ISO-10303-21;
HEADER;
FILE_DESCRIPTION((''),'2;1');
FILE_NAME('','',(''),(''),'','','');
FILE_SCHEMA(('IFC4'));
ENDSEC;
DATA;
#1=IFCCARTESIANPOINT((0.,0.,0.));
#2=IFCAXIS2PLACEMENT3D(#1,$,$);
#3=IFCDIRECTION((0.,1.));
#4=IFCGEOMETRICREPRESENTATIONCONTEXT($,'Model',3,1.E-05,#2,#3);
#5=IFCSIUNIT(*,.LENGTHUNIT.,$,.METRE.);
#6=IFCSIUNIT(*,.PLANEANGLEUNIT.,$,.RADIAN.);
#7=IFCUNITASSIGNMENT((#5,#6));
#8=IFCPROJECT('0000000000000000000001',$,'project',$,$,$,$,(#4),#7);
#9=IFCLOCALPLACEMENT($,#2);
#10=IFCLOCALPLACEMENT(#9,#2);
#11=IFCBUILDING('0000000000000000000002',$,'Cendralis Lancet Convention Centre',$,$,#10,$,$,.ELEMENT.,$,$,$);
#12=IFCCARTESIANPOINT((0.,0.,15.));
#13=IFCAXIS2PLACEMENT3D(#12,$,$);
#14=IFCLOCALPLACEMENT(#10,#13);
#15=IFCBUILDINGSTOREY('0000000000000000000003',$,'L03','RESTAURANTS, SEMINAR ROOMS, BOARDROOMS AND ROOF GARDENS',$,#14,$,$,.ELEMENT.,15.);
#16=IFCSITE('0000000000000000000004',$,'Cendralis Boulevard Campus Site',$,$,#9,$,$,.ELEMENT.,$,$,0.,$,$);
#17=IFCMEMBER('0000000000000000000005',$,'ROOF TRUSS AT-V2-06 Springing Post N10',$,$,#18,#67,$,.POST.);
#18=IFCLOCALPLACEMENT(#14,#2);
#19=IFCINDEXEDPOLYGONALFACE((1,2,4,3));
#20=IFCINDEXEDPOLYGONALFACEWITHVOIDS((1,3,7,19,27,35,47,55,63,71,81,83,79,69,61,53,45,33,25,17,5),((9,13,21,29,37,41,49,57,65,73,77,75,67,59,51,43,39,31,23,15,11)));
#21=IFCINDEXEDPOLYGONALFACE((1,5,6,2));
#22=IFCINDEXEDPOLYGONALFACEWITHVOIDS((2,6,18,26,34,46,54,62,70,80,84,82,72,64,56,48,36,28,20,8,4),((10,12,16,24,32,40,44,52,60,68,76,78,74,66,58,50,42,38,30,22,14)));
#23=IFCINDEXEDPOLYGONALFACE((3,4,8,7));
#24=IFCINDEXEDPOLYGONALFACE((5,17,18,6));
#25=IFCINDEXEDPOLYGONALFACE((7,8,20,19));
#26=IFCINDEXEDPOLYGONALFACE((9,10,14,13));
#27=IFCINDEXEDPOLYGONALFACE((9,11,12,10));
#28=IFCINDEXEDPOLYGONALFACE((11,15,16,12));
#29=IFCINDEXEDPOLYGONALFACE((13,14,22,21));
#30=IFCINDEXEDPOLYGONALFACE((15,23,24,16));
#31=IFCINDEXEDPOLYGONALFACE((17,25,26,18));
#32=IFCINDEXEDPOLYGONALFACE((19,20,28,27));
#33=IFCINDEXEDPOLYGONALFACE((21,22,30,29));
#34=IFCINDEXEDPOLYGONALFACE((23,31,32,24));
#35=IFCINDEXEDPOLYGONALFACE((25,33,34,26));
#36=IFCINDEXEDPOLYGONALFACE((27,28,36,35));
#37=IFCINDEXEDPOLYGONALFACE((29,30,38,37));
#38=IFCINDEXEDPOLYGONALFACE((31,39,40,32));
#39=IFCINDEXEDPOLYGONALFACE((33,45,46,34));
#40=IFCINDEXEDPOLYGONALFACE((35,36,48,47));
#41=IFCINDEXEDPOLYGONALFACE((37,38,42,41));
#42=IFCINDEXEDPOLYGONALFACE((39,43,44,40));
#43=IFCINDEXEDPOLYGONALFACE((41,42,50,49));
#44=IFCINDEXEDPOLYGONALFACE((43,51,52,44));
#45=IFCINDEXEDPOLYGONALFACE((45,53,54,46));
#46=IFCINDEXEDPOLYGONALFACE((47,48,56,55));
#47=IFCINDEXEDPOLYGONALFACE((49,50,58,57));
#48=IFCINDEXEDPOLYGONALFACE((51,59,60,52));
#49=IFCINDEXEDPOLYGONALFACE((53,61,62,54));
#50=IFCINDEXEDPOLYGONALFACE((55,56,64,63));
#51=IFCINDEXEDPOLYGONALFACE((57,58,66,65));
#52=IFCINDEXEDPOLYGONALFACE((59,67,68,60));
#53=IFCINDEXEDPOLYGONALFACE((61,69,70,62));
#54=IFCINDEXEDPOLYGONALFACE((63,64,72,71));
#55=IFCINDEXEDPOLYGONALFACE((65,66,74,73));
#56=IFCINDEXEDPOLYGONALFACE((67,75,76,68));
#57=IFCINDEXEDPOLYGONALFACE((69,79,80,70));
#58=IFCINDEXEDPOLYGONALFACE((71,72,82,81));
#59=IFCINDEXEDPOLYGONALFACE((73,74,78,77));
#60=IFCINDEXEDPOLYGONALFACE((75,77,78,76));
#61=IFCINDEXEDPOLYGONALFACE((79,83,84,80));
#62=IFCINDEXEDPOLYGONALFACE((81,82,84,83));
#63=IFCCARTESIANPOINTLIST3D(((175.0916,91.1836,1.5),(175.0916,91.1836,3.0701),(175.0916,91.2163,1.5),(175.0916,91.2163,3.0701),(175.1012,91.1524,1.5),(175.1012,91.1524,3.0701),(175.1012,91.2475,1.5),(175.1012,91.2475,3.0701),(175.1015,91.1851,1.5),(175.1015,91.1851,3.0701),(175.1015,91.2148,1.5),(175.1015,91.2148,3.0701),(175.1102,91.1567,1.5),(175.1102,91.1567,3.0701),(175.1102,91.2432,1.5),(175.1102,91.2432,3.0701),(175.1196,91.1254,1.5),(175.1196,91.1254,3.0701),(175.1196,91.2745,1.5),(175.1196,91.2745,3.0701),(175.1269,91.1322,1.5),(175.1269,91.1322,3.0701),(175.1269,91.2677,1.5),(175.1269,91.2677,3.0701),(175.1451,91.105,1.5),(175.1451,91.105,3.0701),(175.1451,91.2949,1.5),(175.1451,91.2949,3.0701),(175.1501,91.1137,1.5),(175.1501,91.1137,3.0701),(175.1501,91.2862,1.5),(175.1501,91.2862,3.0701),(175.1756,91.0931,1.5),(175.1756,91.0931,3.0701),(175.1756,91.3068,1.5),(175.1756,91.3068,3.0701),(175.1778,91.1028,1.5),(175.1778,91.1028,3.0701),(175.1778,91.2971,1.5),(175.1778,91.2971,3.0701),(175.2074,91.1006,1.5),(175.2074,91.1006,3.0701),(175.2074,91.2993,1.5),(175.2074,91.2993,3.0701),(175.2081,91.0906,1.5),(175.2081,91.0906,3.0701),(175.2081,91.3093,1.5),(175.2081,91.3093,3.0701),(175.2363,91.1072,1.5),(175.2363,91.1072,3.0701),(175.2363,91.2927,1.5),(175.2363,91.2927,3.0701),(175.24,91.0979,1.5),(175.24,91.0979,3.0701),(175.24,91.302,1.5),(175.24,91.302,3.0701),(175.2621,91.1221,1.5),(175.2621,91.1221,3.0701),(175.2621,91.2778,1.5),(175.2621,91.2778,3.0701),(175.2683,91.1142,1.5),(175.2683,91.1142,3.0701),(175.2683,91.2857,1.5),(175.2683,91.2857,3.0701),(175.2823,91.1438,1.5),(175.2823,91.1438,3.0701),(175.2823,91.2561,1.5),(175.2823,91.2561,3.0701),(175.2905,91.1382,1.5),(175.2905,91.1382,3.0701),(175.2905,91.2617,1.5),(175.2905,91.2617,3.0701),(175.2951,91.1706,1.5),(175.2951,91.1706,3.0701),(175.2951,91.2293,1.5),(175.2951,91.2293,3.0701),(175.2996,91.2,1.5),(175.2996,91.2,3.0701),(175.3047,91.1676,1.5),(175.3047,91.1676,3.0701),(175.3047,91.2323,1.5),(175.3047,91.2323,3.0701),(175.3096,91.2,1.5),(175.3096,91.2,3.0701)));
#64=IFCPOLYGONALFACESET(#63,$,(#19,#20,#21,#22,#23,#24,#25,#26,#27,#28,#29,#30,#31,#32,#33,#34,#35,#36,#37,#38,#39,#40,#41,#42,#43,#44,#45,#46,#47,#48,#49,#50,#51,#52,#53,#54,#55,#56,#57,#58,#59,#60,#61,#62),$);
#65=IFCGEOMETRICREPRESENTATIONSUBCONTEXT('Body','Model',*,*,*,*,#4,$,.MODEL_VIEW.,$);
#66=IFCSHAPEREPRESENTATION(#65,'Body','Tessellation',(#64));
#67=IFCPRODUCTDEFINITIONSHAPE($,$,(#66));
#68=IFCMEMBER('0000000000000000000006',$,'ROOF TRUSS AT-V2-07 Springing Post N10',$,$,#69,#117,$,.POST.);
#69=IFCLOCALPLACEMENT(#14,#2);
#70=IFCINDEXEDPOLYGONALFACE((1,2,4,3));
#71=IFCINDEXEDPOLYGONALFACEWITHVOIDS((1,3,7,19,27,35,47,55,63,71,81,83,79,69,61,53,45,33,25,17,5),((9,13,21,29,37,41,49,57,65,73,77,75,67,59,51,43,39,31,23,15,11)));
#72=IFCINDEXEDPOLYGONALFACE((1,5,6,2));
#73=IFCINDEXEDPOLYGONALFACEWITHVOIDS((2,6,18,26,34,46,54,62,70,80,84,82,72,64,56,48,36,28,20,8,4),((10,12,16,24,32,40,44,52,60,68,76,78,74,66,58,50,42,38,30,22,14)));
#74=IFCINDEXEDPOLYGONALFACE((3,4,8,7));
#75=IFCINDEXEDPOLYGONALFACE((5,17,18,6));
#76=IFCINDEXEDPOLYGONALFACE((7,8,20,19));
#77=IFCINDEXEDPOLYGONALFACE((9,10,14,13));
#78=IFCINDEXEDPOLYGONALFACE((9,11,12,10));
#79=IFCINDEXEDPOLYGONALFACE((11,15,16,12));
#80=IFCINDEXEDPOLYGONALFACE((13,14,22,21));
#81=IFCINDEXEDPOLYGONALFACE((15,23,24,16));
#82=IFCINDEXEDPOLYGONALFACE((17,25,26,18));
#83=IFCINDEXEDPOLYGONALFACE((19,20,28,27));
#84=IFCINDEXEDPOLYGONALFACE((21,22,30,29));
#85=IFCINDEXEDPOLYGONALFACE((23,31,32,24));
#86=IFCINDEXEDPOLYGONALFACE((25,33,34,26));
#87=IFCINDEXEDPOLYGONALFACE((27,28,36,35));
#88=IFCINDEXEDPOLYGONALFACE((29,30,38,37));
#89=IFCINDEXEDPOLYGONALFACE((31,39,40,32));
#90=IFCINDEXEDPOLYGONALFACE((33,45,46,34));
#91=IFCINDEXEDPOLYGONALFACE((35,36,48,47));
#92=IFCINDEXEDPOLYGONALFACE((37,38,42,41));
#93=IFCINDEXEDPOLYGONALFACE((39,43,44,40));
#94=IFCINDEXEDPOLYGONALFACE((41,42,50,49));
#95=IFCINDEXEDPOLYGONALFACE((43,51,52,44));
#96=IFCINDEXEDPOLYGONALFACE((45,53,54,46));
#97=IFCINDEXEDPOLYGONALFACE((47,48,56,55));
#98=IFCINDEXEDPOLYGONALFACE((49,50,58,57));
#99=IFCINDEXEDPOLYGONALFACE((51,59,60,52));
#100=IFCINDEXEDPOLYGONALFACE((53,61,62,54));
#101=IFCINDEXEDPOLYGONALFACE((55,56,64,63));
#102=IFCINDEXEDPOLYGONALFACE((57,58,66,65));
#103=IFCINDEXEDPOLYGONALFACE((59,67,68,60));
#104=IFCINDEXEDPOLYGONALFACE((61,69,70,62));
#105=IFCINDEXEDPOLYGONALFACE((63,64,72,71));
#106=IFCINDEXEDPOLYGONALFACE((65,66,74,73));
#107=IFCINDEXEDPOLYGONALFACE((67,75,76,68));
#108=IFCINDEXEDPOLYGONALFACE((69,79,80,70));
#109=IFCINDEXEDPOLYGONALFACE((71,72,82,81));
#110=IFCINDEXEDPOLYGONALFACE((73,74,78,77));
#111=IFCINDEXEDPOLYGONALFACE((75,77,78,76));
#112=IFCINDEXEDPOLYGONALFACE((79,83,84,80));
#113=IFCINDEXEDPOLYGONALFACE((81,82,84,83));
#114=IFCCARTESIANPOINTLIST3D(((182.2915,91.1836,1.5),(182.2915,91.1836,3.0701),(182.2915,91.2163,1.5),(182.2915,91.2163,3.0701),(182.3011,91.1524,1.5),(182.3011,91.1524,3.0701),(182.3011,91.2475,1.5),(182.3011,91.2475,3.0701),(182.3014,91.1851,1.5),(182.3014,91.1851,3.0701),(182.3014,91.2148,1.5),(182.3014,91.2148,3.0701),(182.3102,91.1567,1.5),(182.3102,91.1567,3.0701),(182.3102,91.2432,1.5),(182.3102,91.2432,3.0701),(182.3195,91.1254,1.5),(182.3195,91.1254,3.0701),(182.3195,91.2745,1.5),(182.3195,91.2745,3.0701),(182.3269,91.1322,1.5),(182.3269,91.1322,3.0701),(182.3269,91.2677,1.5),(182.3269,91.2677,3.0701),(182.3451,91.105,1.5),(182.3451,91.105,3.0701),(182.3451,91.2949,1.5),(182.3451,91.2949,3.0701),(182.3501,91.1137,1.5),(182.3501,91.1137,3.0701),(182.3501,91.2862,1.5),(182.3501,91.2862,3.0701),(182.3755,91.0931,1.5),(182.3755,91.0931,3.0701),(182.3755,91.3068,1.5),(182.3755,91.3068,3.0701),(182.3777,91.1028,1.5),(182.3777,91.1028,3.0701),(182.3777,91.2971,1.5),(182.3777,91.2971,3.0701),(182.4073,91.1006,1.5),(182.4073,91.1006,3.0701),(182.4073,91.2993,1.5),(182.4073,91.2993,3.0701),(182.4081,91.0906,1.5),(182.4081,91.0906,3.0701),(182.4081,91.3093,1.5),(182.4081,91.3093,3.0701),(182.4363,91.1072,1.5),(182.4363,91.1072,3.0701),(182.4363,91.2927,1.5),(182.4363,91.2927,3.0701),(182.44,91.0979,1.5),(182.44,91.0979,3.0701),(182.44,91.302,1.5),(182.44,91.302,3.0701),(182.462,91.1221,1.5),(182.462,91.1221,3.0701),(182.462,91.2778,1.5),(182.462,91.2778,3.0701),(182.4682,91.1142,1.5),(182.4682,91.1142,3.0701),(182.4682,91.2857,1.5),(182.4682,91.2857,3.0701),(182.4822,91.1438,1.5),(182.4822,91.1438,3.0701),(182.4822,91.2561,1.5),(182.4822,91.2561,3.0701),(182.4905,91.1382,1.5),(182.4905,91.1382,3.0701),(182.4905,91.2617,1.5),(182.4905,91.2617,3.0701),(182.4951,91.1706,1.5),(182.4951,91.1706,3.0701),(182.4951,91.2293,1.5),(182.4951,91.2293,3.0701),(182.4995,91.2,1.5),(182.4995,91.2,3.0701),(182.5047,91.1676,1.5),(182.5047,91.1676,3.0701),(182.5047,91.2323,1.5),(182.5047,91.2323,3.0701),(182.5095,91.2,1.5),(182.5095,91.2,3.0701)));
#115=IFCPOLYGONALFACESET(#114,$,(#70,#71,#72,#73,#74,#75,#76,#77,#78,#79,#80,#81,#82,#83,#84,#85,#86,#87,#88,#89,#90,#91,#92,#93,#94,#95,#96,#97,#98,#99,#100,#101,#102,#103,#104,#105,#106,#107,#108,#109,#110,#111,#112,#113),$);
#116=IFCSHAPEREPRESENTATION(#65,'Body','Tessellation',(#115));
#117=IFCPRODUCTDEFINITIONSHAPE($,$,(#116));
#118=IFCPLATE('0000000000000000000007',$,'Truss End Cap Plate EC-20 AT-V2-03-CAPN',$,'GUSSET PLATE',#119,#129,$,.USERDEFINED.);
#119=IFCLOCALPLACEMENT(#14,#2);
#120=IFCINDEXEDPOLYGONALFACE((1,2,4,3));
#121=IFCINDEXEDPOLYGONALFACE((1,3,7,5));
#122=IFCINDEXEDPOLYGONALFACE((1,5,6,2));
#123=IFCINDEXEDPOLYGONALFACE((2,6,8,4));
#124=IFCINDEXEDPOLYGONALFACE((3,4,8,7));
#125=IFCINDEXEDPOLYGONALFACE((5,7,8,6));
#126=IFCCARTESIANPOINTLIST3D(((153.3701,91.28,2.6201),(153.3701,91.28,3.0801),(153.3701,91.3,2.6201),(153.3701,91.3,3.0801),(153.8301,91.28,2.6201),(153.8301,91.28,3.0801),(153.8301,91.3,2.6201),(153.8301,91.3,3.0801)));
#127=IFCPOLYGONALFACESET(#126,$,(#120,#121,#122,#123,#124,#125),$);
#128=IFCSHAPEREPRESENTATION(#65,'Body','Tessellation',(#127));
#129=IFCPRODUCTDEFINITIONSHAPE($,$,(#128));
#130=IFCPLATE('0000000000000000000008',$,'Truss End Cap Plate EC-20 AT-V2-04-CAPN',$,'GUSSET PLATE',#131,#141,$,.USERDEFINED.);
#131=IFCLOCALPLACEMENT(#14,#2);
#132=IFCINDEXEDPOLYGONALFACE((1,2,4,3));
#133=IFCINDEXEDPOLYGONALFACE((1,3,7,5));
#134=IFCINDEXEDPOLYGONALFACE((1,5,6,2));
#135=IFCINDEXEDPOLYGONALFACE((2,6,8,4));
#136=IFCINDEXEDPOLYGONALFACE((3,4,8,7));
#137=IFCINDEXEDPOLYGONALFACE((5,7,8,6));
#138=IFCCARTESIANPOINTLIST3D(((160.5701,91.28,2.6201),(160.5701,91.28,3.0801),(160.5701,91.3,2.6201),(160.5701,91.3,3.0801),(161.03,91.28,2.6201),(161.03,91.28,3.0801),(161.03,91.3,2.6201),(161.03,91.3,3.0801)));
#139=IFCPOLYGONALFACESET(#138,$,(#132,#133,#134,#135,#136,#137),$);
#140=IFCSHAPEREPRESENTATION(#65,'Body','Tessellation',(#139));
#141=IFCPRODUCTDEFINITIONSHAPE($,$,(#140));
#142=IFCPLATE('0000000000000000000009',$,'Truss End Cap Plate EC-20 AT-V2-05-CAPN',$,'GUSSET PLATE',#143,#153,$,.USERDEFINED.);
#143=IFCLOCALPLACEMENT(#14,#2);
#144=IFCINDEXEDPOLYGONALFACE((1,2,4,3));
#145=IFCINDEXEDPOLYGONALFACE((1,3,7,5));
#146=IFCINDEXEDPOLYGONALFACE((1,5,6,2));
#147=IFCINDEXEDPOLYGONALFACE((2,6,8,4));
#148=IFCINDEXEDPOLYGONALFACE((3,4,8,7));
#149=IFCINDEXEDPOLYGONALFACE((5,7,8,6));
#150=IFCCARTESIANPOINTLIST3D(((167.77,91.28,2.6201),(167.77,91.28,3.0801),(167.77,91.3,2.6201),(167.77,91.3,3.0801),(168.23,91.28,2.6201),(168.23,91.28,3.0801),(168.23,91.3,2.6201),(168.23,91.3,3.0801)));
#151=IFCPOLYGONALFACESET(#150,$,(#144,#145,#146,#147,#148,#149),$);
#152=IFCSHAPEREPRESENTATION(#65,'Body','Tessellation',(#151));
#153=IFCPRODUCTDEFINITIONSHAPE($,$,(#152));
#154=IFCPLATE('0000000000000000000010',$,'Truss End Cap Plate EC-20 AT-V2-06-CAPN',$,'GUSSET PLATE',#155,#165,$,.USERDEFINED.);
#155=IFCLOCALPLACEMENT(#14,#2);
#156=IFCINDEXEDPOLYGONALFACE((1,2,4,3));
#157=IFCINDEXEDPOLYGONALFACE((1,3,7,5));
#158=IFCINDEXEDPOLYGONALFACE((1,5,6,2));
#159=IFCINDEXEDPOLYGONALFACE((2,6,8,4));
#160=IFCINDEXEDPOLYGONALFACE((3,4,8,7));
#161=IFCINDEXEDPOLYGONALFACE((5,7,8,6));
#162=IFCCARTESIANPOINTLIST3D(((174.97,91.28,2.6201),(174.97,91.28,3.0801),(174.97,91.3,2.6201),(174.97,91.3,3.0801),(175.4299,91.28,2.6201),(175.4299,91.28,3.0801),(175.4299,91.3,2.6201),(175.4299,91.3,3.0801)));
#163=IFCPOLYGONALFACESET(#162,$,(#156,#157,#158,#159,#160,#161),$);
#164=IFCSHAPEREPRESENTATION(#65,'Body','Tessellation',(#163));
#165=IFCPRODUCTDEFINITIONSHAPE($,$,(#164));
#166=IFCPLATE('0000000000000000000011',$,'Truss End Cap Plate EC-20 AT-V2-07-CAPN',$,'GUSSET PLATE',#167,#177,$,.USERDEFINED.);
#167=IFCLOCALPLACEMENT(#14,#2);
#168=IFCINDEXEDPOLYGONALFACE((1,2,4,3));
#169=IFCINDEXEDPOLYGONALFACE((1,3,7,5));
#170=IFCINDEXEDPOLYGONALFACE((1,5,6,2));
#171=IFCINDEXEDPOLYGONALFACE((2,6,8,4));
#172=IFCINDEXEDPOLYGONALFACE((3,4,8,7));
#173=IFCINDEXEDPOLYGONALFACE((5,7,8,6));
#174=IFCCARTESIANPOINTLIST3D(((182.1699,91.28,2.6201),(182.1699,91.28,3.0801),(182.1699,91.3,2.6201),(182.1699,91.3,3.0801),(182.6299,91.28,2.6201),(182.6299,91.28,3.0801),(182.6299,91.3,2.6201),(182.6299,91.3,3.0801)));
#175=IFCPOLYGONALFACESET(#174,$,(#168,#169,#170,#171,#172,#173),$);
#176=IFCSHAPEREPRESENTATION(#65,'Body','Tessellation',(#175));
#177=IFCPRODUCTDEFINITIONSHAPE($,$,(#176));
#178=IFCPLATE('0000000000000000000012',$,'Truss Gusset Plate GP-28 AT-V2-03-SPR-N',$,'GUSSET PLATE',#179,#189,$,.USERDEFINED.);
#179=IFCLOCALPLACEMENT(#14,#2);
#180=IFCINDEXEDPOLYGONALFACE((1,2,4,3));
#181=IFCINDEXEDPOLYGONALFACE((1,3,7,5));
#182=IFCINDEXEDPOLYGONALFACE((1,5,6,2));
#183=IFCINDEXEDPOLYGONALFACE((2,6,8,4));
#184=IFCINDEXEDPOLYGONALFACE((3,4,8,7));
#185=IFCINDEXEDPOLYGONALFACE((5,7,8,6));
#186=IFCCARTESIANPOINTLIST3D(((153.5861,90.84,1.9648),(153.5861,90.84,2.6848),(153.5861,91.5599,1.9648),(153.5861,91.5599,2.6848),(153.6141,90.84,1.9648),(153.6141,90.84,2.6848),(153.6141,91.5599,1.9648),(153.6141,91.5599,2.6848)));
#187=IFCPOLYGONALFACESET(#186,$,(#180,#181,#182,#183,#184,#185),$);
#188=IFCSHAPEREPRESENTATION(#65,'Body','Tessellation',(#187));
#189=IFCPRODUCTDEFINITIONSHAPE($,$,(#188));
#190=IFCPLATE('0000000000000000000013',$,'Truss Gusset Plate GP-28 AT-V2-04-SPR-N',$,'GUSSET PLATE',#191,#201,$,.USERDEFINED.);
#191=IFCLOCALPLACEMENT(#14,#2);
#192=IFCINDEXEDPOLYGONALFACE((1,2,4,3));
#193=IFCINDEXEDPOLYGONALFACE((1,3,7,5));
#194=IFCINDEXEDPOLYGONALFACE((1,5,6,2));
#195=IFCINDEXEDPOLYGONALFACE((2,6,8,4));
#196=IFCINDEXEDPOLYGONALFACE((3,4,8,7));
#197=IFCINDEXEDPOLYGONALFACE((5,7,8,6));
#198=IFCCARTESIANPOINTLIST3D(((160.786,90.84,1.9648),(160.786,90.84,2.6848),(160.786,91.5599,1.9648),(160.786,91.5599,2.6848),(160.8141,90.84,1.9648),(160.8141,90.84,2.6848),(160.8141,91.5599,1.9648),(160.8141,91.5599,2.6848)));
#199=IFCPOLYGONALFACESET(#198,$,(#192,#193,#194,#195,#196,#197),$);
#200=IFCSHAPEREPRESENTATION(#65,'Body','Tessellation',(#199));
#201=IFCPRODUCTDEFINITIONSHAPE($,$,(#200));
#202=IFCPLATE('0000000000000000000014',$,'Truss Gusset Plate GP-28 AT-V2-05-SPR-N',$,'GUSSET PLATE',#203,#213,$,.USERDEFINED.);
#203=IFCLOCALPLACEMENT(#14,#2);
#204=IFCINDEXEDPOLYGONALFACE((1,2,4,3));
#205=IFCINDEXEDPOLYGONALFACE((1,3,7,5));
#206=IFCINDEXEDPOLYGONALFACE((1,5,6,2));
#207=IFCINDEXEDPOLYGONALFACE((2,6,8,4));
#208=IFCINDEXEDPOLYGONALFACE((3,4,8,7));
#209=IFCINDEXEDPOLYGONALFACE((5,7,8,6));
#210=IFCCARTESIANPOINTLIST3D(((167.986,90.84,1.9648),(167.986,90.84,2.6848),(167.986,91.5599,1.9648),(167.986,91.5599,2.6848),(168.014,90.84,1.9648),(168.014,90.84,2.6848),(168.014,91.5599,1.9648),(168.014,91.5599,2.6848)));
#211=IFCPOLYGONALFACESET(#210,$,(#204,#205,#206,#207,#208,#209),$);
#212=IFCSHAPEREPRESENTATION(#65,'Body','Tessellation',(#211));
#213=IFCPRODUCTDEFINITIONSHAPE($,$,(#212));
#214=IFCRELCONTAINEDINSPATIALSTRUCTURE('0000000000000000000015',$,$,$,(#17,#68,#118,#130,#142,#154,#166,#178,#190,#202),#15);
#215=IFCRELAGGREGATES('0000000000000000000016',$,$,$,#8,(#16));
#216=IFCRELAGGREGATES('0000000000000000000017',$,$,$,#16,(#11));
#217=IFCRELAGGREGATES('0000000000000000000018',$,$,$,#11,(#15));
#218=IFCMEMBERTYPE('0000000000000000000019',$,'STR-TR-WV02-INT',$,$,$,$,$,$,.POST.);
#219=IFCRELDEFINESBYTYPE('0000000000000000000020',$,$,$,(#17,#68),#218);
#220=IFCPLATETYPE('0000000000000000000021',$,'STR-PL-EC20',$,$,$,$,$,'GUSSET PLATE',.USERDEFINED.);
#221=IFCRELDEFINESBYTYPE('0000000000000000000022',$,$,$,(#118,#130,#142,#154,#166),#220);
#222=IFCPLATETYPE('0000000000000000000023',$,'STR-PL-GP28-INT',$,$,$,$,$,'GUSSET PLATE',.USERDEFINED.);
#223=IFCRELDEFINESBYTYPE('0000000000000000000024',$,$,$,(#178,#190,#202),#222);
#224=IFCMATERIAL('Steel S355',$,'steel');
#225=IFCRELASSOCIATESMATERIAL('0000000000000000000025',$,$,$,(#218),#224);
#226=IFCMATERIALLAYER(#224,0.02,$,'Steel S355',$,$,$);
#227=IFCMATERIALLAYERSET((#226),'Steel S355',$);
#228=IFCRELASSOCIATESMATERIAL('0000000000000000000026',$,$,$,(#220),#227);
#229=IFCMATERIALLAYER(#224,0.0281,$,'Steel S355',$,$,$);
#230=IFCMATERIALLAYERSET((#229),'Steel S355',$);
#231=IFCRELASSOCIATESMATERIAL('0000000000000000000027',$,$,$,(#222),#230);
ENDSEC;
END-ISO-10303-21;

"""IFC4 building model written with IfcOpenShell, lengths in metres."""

from ifc_helpers import new_model, si_unit, direction, frame, origin, origin_2d, place, context, subcontext, project, spatial, rectangle, hollow_circle, extrude, material, layer, layer_set, material_profile, profile_set, type_object, element, save


model = new_model("IFC4")

# Units and contexts
model_context = context("Model", 3, precision=1e-05, world=origin(), true_north=direction((0.0, 1.0)))
body_context = subcontext(model_context, "Body", "Model", "MODEL_VIEW")
ifc_project = project(units=[si_unit("LENGTHUNIT", "METRE"), si_unit("PLANEANGLEUNIT", "RADIAN")], contexts=[model_context])

# Site, building, storey
site_placement = place(None, origin())
site = spatial("IfcSite", under=ifc_project, at=site_placement, Name="Cendralis Boulevard Campus Site", CompositionType="ELEMENT", RefElevation=0.0)
building_placement = place(site_placement, origin())
building = spatial("IfcBuilding", under=site, at=building_placement, Name="Cendralis Lancet Convention Centre", CompositionType="ELEMENT")
storey_placement = place(building_placement, frame((0.0, 0.0, 15.0)))
storey = spatial("IfcBuildingStorey", under=building, at=storey_placement, Name="L03", Description="RESTAURANTS, SEMINAR ROOMS, BOARDROOMS AND ROOF GARDENS", CompositionType="ELEMENT", Elevation=15.0)

# Shared definitions
ifc_material_1 = material(Name="Steel S355", Category="steel")

# Members
ifc_material_profile_1 = material_profile(ifc_material_1, hollow_circle(Radius=0.1096, WallThickness=0.01, at=origin_2d()), Name="CHS 219.1x10.0")
ifc_profile_set_1 = profile_set([ifc_material_profile_1], Name="Steel S355")
member_type_1 = type_object("IfcMemberType", Name="STR-TR-WV02-INT", PredefinedType="POST", material=ifc_profile_set_1)
for number, where, z_axis, x_axis, name in (
    (1, (175.2, 91.2, 1.5), (0.0, 0.0, 1.0), (1.0, 0.0, 0.0), "ROOF TRUSS AT-V2-06 Springing Post N10"),
    (2, (182.3999, 91.2, 1.5), (0.0, 0.0, 1.0), (1.0, 0.0, 0.0), "ROOF TRUSS AT-V2-07 Springing Post N10"),
):
    element("IfcMember", number, at=place(storey_placement, frame(where, z_axis=z_axis, x_axis=x_axis)), inside=storey, type_object=member_type_1, Name=name, PredefinedType="POST", context=body_context, shape_type="SweptSolid", body=[
        extrude(hollow_circle(Radius=0.1096, WallThickness=0.01, at=origin_2d()), origin(), (0.0, 0.0, 1.0), 1.5701),
    ])

# Plates
ifc_layer_1 = layer(ifc_material_1, 0.02, Name="Steel S355")
ifc_layer_set_1 = layer_set([ifc_layer_1], Name="Steel S355")
plate_type_1 = type_object("IfcPlateType", Name="STR-PL-EC20", ElementType="GUSSET PLATE", PredefinedType="USERDEFINED", material=ifc_layer_set_1)
for number, where, z_axis, x_axis, name in (
    (3, (153.6001, 91.29, 2.6201), (0.0, 0.0, 1.0), (1.0, 0.0, 0.0), "Truss End Cap Plate EC-20 AT-V2-03-CAPN"),
    (4, (160.8, 91.29, 2.6201), (0.0, 0.0, 1.0), (1.0, 0.0, 0.0), "Truss End Cap Plate EC-20 AT-V2-04-CAPN"),
    (5, (168.0, 91.29, 2.6201), (0.0, 0.0, 1.0), (1.0, 0.0, 0.0), "Truss End Cap Plate EC-20 AT-V2-05-CAPN"),
    (6, (175.2, 91.29, 2.6201), (0.0, 0.0, 1.0), (1.0, 0.0, 0.0), "Truss End Cap Plate EC-20 AT-V2-06-CAPN"),
    (7, (182.3999, 91.29, 2.6201), (0.0, 0.0, 1.0), (1.0, 0.0, 0.0), "Truss End Cap Plate EC-20 AT-V2-07-CAPN"),
):
    element("IfcPlate", number, at=place(storey_placement, frame(where, z_axis=z_axis, x_axis=x_axis)), inside=storey, type_object=plate_type_1, Name=name, ObjectType="GUSSET PLATE", PredefinedType="USERDEFINED", context=body_context, shape_type="SweptSolid", body=[
        extrude(rectangle(XDim=0.46, YDim=0.02, at=origin_2d()), origin(), (0.0, 0.0, 1.0), 0.46),
    ])
ifc_layer_2 = layer(ifc_material_1, 0.0281, Name="Steel S355")
ifc_layer_set_2 = layer_set([ifc_layer_2], Name="Steel S355")
plate_type_2 = type_object("IfcPlateType", Name="STR-PL-GP28-INT", ElementType="GUSSET PLATE", PredefinedType="USERDEFINED", material=ifc_layer_set_2)
for number, where, z_axis, x_axis, name in (
    (8, (153.6001, 91.2, 1.9648), (0.0, 0.0, 1.0), (0.0, 1.0, 0.0), "Truss Gusset Plate GP-28 AT-V2-03-SPR-N"),
    (9, (160.8, 91.2, 1.9648), (0.0, 0.0, 1.0), (0.0, 1.0, 0.0), "Truss Gusset Plate GP-28 AT-V2-04-SPR-N"),
    (10, (168.0, 91.2, 1.9648), (0.0, 0.0, 1.0), (0.0, 1.0, 0.0), "Truss Gusset Plate GP-28 AT-V2-05-SPR-N"),
):
    element("IfcPlate", number, at=place(storey_placement, frame(where, z_axis=z_axis, x_axis=x_axis)), inside=storey, type_object=plate_type_2, Name=name, ObjectType="GUSSET PLATE", PredefinedType="USERDEFINED", context=body_context, shape_type="SweptSolid", body=[
        extrude(rectangle(XDim=0.72, YDim=0.0281, at=origin_2d()), origin(), (0.0, 0.0, 1.0), 0.72),
    ])

save(model, "model.ifc")
